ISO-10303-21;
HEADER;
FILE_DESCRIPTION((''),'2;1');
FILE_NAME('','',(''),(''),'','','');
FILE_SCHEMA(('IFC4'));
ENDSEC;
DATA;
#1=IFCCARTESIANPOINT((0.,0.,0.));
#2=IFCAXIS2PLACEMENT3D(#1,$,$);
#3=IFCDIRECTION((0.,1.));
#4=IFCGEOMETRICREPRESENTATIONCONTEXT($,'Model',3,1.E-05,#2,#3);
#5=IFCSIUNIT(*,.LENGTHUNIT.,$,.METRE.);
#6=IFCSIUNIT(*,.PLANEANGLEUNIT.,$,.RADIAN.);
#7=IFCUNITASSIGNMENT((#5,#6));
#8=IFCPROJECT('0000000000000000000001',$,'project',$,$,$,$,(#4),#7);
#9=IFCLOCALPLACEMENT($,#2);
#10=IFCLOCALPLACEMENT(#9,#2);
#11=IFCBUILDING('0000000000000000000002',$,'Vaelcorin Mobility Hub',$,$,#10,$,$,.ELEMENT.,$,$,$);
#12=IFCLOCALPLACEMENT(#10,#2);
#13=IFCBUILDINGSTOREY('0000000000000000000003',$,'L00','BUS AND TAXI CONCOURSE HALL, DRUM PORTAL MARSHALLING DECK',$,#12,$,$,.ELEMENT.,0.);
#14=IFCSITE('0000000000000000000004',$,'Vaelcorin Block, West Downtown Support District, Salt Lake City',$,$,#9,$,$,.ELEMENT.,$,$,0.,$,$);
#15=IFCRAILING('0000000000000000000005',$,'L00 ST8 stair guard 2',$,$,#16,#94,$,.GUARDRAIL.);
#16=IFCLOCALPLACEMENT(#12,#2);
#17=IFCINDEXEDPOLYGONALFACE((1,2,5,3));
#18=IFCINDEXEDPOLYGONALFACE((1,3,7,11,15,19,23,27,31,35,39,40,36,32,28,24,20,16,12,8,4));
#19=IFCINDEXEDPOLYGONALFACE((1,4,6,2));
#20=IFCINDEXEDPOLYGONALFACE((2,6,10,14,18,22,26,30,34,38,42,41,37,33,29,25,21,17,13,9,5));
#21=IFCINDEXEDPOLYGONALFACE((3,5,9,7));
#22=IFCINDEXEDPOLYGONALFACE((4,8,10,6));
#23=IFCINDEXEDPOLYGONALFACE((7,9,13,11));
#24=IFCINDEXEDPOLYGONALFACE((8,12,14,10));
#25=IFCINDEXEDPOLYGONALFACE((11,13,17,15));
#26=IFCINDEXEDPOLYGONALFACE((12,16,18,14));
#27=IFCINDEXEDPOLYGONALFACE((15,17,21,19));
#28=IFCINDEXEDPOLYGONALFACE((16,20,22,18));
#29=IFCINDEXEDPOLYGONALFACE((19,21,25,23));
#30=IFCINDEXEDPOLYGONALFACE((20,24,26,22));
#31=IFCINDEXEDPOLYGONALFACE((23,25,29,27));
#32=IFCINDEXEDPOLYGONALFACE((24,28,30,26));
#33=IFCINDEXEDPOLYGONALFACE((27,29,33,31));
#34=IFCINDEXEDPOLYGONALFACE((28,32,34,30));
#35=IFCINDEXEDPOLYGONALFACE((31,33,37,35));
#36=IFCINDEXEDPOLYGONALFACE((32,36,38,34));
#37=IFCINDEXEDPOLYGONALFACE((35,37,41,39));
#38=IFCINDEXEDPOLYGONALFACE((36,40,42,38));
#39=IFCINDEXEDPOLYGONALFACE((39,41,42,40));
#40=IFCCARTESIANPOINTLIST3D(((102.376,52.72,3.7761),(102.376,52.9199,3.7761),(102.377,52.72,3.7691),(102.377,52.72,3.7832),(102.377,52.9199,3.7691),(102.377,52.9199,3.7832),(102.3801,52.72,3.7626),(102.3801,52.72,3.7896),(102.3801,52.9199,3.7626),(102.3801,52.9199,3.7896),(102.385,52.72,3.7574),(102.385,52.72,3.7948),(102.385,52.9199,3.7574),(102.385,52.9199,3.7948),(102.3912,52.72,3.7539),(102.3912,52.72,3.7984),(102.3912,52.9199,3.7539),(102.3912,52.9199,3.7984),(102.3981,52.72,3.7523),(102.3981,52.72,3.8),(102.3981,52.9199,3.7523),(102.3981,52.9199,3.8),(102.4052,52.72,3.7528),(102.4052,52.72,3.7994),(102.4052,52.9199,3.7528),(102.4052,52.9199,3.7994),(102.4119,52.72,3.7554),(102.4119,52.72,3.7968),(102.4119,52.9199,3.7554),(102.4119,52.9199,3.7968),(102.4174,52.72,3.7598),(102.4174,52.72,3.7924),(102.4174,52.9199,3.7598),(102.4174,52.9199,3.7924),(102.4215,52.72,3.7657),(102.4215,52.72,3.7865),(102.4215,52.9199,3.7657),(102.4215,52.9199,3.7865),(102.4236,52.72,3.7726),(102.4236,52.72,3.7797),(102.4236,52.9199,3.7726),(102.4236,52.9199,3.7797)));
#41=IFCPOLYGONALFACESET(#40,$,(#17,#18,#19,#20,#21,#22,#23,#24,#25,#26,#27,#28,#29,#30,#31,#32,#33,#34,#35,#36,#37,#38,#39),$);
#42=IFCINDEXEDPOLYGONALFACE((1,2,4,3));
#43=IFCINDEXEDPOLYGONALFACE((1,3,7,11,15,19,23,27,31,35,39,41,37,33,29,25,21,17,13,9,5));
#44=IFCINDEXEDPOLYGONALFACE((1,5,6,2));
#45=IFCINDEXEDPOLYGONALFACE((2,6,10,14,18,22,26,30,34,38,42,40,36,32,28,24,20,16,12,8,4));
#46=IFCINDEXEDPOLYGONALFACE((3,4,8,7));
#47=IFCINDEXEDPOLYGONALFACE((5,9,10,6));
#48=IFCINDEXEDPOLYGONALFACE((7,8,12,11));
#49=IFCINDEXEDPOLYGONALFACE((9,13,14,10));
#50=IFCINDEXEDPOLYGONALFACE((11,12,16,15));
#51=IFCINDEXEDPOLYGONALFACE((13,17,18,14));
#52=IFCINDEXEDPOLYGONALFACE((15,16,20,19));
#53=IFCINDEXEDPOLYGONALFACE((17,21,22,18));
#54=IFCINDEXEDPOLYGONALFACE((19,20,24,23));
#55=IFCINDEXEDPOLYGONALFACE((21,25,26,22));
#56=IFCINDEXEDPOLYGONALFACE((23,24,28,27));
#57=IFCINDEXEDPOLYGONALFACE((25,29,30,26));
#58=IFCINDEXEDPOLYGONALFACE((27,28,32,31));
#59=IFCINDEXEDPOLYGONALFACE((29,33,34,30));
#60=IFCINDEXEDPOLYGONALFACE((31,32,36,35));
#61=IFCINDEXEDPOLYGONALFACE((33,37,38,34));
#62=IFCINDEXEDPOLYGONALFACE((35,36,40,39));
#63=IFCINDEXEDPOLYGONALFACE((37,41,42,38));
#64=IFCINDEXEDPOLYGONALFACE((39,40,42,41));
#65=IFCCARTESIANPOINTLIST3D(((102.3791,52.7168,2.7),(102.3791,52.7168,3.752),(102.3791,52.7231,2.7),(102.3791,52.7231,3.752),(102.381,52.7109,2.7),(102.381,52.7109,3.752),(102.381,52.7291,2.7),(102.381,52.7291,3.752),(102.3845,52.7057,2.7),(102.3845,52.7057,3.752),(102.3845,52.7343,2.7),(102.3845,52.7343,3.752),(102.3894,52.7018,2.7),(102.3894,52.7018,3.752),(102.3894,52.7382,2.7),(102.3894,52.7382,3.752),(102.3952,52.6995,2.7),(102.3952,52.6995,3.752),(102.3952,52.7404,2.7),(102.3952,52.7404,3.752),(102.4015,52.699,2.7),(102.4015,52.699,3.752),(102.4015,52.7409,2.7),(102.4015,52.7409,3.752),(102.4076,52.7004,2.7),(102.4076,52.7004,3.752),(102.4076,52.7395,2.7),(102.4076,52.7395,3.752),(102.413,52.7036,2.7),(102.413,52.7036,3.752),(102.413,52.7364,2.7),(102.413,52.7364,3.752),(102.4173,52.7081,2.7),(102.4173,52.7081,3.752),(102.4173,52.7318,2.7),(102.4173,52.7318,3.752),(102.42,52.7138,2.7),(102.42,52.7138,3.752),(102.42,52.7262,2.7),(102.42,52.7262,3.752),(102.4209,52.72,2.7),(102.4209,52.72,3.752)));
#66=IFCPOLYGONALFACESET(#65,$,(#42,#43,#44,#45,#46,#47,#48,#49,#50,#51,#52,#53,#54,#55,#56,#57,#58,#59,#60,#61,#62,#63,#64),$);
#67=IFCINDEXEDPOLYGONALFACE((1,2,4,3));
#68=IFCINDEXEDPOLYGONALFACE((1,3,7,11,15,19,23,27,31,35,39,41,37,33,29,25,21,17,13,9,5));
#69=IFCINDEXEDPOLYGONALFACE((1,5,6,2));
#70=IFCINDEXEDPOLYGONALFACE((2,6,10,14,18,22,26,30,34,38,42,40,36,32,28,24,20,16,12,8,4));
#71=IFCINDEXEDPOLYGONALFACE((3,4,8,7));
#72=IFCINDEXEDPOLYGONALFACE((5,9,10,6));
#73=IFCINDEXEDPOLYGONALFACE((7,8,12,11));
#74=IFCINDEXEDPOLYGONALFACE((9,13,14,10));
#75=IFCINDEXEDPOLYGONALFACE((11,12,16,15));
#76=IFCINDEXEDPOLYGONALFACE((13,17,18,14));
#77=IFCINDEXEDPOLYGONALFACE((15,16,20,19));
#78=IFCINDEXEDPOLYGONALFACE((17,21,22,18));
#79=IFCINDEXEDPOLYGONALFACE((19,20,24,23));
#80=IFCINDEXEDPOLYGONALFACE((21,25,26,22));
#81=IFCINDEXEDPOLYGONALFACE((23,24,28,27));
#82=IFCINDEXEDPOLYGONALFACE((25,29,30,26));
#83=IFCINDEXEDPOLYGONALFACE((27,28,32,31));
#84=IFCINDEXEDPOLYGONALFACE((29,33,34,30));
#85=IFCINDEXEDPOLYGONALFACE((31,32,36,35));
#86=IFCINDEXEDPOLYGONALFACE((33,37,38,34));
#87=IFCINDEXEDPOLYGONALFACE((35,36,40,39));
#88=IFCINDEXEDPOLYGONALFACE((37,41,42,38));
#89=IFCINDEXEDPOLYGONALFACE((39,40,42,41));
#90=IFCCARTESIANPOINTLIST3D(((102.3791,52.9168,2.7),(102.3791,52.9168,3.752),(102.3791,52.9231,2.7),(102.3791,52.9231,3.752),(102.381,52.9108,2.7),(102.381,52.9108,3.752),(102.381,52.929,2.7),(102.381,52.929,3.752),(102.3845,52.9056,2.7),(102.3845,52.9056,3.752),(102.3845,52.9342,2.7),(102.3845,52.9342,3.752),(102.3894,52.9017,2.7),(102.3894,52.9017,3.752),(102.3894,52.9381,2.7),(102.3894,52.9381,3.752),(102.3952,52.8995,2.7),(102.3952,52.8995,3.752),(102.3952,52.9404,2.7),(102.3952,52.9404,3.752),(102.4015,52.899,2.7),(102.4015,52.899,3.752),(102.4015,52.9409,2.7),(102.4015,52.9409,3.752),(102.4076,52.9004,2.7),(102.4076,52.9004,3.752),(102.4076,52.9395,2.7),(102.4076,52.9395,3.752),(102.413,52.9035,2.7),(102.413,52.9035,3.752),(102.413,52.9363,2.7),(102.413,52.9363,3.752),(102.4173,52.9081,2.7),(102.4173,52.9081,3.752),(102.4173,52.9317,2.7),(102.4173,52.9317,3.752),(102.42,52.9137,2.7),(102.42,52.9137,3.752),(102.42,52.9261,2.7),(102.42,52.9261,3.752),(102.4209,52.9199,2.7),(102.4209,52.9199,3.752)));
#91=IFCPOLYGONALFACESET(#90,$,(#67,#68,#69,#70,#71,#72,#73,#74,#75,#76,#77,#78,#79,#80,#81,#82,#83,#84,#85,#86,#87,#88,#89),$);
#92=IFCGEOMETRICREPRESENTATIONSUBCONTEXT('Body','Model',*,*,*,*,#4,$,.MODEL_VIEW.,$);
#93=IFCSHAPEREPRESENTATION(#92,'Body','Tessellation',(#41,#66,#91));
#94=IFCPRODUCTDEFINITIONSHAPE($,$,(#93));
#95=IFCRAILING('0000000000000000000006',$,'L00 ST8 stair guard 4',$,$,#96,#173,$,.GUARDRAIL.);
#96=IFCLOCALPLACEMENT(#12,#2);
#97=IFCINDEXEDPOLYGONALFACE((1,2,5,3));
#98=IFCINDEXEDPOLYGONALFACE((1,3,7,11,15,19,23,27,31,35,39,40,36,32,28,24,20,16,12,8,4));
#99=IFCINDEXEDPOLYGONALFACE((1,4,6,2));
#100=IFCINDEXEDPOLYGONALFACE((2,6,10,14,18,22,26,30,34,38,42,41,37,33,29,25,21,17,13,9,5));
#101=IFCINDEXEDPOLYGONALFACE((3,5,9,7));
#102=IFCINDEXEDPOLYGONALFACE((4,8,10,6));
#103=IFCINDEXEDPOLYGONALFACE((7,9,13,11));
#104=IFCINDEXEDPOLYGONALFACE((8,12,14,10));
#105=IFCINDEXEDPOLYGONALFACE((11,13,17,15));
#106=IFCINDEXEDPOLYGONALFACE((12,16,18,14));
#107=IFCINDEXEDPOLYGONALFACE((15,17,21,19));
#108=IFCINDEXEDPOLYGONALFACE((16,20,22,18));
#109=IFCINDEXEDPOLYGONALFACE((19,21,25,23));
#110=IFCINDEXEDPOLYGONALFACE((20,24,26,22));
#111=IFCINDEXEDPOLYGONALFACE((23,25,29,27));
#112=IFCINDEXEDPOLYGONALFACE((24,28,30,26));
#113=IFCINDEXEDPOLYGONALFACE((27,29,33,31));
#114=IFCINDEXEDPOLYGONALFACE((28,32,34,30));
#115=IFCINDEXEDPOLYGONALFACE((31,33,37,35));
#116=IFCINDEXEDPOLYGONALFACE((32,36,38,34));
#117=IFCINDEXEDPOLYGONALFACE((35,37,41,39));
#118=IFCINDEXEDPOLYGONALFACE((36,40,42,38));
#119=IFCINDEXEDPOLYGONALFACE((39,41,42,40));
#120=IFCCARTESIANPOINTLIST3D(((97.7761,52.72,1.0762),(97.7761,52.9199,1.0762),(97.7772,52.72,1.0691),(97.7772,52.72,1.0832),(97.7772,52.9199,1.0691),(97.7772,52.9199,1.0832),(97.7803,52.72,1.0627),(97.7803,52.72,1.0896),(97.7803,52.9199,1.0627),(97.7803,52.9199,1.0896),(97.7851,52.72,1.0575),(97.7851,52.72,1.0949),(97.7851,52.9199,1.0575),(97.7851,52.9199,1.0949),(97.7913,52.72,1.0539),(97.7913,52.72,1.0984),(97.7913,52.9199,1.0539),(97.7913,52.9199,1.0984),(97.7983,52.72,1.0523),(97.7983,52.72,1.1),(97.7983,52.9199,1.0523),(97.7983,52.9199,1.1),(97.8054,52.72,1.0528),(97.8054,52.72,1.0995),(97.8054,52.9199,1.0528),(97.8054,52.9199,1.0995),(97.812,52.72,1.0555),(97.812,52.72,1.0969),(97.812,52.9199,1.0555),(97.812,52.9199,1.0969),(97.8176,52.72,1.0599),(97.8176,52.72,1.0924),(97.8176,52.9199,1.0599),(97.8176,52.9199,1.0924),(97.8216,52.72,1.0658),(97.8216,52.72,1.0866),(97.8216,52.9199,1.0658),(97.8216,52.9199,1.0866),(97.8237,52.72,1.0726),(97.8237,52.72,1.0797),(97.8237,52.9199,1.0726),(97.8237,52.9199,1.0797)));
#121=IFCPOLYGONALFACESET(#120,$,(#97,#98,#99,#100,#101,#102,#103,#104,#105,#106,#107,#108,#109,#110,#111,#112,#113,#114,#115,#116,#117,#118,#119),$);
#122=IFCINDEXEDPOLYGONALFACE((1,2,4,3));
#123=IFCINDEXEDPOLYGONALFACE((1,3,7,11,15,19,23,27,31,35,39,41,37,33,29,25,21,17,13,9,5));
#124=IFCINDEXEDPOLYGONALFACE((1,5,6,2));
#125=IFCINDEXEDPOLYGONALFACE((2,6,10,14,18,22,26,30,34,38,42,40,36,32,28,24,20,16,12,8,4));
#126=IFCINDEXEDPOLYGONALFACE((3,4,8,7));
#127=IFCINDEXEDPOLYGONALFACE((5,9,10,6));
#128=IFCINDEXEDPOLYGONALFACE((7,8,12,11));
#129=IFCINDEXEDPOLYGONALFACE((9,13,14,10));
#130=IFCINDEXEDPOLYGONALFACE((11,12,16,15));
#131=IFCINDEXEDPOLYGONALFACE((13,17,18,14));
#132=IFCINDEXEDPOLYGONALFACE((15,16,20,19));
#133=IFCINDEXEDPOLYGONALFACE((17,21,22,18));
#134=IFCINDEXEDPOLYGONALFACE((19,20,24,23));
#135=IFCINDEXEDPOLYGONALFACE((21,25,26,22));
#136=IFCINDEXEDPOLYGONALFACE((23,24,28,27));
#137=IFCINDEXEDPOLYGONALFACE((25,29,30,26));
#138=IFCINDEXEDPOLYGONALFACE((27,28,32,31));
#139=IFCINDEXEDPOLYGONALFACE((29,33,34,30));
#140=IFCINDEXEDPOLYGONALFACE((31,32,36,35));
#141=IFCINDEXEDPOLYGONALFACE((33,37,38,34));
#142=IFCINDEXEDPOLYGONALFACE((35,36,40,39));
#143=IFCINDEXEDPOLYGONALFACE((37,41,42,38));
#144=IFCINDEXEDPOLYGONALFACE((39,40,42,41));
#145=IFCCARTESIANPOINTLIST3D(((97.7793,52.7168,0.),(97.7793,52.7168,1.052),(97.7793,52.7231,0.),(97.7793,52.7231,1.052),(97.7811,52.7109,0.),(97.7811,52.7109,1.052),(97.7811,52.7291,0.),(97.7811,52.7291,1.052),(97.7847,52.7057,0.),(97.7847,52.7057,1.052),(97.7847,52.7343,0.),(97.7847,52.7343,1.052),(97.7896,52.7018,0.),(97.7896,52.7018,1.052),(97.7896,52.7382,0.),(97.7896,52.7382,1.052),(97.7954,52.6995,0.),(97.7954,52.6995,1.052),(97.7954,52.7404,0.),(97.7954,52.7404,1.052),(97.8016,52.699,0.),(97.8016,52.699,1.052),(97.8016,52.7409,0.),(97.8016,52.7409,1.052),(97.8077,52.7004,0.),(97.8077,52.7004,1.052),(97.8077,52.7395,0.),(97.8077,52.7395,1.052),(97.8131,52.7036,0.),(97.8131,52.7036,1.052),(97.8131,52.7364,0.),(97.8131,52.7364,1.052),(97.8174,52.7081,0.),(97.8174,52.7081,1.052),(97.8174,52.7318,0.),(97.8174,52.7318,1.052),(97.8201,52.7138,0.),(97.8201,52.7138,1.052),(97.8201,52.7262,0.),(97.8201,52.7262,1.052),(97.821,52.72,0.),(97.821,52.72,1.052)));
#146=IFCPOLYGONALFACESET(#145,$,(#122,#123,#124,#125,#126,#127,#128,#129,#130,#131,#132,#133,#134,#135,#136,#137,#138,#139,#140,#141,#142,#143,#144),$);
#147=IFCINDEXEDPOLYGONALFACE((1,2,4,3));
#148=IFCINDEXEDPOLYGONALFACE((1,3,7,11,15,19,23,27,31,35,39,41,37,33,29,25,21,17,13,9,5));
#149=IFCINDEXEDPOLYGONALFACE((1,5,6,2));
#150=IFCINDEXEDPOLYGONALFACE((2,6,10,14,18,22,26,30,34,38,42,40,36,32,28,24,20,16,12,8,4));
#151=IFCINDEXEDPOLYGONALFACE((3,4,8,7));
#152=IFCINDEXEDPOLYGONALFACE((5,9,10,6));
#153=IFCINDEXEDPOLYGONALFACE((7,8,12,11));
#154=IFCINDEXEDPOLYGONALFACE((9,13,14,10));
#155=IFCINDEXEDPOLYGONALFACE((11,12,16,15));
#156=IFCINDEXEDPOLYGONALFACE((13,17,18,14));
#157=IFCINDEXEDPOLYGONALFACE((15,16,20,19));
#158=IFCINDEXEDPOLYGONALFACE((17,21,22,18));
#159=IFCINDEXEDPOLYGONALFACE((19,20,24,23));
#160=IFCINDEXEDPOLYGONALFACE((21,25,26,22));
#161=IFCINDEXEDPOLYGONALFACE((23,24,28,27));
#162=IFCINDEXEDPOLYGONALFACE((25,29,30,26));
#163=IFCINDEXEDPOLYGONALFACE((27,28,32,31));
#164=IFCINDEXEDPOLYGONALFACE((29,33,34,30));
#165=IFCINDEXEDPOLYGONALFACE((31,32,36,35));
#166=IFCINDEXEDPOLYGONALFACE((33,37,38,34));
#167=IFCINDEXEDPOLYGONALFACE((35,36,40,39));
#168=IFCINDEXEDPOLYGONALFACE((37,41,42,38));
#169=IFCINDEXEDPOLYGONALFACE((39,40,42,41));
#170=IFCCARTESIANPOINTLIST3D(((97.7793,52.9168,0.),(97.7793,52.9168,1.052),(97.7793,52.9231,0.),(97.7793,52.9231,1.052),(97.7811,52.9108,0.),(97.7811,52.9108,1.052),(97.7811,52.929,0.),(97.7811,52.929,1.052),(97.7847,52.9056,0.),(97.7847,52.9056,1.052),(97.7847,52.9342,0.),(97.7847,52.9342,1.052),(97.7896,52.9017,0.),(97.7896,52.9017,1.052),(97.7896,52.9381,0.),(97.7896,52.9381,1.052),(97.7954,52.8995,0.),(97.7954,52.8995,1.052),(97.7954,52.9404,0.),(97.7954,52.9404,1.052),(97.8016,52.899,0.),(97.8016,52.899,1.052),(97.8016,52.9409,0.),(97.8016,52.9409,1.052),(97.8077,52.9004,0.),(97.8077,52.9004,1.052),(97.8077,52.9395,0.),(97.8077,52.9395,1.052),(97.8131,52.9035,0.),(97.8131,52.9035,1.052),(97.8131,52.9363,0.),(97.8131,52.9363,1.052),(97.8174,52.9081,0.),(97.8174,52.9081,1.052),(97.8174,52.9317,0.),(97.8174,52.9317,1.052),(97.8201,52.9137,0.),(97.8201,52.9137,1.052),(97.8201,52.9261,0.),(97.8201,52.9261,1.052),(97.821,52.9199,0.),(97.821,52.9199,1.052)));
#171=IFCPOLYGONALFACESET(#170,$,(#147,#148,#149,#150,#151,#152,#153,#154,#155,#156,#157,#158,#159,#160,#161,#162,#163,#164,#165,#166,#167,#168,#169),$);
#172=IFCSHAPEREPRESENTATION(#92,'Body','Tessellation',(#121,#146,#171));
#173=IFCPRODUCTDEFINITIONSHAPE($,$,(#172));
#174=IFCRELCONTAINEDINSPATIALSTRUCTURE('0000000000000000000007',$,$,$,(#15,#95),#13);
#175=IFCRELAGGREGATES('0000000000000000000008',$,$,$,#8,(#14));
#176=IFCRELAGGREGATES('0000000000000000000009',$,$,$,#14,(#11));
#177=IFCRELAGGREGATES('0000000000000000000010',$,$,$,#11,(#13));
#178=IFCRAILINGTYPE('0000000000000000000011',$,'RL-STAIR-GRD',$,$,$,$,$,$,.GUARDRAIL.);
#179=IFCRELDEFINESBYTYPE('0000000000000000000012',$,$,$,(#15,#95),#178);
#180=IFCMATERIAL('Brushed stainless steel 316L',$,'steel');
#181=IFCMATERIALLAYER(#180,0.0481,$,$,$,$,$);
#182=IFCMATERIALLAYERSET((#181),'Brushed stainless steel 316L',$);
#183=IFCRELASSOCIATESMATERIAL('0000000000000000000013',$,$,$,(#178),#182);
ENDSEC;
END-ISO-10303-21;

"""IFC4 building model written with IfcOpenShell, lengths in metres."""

from ifc_helpers import new_model, si_unit, direction, frame, origin, origin_2d, place, context, subcontext, project, spatial, circle, extrude, material, layer, layer_set, type_object, element, save


model = new_model("IFC4")

# Units and contexts
model_context = context("Model", 3, precision=1e-05, world=origin(), true_north=direction((0.0, 1.0)))
body_context = subcontext(model_context, "Body", "Model", "MODEL_VIEW")
ifc_project = project(units=[si_unit("LENGTHUNIT", "METRE"), si_unit("PLANEANGLEUNIT", "RADIAN")], contexts=[model_context])

# Site, building, storey
site_placement = place(None, origin())
site = spatial("IfcSite", under=ifc_project, at=site_placement, Name="Vaelcorin Block, West Downtown Support District, Salt Lake City", CompositionType="ELEMENT", RefElevation=0.0)
building_placement = place(site_placement, origin())
building = spatial("IfcBuilding", under=site, at=building_placement, Name="Vaelcorin Mobility Hub", CompositionType="ELEMENT")
storey_placement = place(building_placement, origin())
storey = spatial("IfcBuildingStorey", under=building, at=storey_placement, Name="L00", Description="BUS AND TAXI CONCOURSE HALL, DRUM PORTAL MARSHALLING DECK", CompositionType="ELEMENT", Elevation=0.0)

# Railings
ifc_material_1 = material(Name="Brushed stainless steel 316L", Category="steel")
ifc_layer_1 = layer(ifc_material_1, 0.0481)
ifc_layer_set_1 = layer_set([ifc_layer_1], Name="Brushed stainless steel 316L")
railing_type_1 = type_object("IfcRailingType", Name="RL-STAIR-GRD", PredefinedType="GUARDRAIL", material=ifc_layer_set_1)
for number, where, name in (
    (1, (102.3999, 52.72, 2.7), "L00 ST8 stair guard 2"),
    (2, (97.8, 52.72, 0.0), "L00 ST8 stair guard 4"),
):
    element("IfcRailing", number, at=place(storey_placement, frame(where)), inside=storey, type_object=railing_type_1, Name=name, PredefinedType="GUARDRAIL", context=body_context, shape_type="SweptSolid", body=[
        extrude(circle(Radius=0.0239, at=origin_2d()), frame((0.0, 0.0, 1.0762), z_axis=(0.0, 1.0, 0.0), x_axis=(-1.0, 0.0, 0.0)), (0.0, 0.0, 1.0), 0.2),
        extrude(circle(Radius=0.021, at=origin_2d()), origin(), (0.0, 0.0, 1.0), 1.052),
        extrude(circle(Radius=0.021, at=origin_2d()), frame((0.0, 0.2, 0.0)), (0.0, 0.0, 1.0), 1.052),
    ])

save(model, "model.ifc")
